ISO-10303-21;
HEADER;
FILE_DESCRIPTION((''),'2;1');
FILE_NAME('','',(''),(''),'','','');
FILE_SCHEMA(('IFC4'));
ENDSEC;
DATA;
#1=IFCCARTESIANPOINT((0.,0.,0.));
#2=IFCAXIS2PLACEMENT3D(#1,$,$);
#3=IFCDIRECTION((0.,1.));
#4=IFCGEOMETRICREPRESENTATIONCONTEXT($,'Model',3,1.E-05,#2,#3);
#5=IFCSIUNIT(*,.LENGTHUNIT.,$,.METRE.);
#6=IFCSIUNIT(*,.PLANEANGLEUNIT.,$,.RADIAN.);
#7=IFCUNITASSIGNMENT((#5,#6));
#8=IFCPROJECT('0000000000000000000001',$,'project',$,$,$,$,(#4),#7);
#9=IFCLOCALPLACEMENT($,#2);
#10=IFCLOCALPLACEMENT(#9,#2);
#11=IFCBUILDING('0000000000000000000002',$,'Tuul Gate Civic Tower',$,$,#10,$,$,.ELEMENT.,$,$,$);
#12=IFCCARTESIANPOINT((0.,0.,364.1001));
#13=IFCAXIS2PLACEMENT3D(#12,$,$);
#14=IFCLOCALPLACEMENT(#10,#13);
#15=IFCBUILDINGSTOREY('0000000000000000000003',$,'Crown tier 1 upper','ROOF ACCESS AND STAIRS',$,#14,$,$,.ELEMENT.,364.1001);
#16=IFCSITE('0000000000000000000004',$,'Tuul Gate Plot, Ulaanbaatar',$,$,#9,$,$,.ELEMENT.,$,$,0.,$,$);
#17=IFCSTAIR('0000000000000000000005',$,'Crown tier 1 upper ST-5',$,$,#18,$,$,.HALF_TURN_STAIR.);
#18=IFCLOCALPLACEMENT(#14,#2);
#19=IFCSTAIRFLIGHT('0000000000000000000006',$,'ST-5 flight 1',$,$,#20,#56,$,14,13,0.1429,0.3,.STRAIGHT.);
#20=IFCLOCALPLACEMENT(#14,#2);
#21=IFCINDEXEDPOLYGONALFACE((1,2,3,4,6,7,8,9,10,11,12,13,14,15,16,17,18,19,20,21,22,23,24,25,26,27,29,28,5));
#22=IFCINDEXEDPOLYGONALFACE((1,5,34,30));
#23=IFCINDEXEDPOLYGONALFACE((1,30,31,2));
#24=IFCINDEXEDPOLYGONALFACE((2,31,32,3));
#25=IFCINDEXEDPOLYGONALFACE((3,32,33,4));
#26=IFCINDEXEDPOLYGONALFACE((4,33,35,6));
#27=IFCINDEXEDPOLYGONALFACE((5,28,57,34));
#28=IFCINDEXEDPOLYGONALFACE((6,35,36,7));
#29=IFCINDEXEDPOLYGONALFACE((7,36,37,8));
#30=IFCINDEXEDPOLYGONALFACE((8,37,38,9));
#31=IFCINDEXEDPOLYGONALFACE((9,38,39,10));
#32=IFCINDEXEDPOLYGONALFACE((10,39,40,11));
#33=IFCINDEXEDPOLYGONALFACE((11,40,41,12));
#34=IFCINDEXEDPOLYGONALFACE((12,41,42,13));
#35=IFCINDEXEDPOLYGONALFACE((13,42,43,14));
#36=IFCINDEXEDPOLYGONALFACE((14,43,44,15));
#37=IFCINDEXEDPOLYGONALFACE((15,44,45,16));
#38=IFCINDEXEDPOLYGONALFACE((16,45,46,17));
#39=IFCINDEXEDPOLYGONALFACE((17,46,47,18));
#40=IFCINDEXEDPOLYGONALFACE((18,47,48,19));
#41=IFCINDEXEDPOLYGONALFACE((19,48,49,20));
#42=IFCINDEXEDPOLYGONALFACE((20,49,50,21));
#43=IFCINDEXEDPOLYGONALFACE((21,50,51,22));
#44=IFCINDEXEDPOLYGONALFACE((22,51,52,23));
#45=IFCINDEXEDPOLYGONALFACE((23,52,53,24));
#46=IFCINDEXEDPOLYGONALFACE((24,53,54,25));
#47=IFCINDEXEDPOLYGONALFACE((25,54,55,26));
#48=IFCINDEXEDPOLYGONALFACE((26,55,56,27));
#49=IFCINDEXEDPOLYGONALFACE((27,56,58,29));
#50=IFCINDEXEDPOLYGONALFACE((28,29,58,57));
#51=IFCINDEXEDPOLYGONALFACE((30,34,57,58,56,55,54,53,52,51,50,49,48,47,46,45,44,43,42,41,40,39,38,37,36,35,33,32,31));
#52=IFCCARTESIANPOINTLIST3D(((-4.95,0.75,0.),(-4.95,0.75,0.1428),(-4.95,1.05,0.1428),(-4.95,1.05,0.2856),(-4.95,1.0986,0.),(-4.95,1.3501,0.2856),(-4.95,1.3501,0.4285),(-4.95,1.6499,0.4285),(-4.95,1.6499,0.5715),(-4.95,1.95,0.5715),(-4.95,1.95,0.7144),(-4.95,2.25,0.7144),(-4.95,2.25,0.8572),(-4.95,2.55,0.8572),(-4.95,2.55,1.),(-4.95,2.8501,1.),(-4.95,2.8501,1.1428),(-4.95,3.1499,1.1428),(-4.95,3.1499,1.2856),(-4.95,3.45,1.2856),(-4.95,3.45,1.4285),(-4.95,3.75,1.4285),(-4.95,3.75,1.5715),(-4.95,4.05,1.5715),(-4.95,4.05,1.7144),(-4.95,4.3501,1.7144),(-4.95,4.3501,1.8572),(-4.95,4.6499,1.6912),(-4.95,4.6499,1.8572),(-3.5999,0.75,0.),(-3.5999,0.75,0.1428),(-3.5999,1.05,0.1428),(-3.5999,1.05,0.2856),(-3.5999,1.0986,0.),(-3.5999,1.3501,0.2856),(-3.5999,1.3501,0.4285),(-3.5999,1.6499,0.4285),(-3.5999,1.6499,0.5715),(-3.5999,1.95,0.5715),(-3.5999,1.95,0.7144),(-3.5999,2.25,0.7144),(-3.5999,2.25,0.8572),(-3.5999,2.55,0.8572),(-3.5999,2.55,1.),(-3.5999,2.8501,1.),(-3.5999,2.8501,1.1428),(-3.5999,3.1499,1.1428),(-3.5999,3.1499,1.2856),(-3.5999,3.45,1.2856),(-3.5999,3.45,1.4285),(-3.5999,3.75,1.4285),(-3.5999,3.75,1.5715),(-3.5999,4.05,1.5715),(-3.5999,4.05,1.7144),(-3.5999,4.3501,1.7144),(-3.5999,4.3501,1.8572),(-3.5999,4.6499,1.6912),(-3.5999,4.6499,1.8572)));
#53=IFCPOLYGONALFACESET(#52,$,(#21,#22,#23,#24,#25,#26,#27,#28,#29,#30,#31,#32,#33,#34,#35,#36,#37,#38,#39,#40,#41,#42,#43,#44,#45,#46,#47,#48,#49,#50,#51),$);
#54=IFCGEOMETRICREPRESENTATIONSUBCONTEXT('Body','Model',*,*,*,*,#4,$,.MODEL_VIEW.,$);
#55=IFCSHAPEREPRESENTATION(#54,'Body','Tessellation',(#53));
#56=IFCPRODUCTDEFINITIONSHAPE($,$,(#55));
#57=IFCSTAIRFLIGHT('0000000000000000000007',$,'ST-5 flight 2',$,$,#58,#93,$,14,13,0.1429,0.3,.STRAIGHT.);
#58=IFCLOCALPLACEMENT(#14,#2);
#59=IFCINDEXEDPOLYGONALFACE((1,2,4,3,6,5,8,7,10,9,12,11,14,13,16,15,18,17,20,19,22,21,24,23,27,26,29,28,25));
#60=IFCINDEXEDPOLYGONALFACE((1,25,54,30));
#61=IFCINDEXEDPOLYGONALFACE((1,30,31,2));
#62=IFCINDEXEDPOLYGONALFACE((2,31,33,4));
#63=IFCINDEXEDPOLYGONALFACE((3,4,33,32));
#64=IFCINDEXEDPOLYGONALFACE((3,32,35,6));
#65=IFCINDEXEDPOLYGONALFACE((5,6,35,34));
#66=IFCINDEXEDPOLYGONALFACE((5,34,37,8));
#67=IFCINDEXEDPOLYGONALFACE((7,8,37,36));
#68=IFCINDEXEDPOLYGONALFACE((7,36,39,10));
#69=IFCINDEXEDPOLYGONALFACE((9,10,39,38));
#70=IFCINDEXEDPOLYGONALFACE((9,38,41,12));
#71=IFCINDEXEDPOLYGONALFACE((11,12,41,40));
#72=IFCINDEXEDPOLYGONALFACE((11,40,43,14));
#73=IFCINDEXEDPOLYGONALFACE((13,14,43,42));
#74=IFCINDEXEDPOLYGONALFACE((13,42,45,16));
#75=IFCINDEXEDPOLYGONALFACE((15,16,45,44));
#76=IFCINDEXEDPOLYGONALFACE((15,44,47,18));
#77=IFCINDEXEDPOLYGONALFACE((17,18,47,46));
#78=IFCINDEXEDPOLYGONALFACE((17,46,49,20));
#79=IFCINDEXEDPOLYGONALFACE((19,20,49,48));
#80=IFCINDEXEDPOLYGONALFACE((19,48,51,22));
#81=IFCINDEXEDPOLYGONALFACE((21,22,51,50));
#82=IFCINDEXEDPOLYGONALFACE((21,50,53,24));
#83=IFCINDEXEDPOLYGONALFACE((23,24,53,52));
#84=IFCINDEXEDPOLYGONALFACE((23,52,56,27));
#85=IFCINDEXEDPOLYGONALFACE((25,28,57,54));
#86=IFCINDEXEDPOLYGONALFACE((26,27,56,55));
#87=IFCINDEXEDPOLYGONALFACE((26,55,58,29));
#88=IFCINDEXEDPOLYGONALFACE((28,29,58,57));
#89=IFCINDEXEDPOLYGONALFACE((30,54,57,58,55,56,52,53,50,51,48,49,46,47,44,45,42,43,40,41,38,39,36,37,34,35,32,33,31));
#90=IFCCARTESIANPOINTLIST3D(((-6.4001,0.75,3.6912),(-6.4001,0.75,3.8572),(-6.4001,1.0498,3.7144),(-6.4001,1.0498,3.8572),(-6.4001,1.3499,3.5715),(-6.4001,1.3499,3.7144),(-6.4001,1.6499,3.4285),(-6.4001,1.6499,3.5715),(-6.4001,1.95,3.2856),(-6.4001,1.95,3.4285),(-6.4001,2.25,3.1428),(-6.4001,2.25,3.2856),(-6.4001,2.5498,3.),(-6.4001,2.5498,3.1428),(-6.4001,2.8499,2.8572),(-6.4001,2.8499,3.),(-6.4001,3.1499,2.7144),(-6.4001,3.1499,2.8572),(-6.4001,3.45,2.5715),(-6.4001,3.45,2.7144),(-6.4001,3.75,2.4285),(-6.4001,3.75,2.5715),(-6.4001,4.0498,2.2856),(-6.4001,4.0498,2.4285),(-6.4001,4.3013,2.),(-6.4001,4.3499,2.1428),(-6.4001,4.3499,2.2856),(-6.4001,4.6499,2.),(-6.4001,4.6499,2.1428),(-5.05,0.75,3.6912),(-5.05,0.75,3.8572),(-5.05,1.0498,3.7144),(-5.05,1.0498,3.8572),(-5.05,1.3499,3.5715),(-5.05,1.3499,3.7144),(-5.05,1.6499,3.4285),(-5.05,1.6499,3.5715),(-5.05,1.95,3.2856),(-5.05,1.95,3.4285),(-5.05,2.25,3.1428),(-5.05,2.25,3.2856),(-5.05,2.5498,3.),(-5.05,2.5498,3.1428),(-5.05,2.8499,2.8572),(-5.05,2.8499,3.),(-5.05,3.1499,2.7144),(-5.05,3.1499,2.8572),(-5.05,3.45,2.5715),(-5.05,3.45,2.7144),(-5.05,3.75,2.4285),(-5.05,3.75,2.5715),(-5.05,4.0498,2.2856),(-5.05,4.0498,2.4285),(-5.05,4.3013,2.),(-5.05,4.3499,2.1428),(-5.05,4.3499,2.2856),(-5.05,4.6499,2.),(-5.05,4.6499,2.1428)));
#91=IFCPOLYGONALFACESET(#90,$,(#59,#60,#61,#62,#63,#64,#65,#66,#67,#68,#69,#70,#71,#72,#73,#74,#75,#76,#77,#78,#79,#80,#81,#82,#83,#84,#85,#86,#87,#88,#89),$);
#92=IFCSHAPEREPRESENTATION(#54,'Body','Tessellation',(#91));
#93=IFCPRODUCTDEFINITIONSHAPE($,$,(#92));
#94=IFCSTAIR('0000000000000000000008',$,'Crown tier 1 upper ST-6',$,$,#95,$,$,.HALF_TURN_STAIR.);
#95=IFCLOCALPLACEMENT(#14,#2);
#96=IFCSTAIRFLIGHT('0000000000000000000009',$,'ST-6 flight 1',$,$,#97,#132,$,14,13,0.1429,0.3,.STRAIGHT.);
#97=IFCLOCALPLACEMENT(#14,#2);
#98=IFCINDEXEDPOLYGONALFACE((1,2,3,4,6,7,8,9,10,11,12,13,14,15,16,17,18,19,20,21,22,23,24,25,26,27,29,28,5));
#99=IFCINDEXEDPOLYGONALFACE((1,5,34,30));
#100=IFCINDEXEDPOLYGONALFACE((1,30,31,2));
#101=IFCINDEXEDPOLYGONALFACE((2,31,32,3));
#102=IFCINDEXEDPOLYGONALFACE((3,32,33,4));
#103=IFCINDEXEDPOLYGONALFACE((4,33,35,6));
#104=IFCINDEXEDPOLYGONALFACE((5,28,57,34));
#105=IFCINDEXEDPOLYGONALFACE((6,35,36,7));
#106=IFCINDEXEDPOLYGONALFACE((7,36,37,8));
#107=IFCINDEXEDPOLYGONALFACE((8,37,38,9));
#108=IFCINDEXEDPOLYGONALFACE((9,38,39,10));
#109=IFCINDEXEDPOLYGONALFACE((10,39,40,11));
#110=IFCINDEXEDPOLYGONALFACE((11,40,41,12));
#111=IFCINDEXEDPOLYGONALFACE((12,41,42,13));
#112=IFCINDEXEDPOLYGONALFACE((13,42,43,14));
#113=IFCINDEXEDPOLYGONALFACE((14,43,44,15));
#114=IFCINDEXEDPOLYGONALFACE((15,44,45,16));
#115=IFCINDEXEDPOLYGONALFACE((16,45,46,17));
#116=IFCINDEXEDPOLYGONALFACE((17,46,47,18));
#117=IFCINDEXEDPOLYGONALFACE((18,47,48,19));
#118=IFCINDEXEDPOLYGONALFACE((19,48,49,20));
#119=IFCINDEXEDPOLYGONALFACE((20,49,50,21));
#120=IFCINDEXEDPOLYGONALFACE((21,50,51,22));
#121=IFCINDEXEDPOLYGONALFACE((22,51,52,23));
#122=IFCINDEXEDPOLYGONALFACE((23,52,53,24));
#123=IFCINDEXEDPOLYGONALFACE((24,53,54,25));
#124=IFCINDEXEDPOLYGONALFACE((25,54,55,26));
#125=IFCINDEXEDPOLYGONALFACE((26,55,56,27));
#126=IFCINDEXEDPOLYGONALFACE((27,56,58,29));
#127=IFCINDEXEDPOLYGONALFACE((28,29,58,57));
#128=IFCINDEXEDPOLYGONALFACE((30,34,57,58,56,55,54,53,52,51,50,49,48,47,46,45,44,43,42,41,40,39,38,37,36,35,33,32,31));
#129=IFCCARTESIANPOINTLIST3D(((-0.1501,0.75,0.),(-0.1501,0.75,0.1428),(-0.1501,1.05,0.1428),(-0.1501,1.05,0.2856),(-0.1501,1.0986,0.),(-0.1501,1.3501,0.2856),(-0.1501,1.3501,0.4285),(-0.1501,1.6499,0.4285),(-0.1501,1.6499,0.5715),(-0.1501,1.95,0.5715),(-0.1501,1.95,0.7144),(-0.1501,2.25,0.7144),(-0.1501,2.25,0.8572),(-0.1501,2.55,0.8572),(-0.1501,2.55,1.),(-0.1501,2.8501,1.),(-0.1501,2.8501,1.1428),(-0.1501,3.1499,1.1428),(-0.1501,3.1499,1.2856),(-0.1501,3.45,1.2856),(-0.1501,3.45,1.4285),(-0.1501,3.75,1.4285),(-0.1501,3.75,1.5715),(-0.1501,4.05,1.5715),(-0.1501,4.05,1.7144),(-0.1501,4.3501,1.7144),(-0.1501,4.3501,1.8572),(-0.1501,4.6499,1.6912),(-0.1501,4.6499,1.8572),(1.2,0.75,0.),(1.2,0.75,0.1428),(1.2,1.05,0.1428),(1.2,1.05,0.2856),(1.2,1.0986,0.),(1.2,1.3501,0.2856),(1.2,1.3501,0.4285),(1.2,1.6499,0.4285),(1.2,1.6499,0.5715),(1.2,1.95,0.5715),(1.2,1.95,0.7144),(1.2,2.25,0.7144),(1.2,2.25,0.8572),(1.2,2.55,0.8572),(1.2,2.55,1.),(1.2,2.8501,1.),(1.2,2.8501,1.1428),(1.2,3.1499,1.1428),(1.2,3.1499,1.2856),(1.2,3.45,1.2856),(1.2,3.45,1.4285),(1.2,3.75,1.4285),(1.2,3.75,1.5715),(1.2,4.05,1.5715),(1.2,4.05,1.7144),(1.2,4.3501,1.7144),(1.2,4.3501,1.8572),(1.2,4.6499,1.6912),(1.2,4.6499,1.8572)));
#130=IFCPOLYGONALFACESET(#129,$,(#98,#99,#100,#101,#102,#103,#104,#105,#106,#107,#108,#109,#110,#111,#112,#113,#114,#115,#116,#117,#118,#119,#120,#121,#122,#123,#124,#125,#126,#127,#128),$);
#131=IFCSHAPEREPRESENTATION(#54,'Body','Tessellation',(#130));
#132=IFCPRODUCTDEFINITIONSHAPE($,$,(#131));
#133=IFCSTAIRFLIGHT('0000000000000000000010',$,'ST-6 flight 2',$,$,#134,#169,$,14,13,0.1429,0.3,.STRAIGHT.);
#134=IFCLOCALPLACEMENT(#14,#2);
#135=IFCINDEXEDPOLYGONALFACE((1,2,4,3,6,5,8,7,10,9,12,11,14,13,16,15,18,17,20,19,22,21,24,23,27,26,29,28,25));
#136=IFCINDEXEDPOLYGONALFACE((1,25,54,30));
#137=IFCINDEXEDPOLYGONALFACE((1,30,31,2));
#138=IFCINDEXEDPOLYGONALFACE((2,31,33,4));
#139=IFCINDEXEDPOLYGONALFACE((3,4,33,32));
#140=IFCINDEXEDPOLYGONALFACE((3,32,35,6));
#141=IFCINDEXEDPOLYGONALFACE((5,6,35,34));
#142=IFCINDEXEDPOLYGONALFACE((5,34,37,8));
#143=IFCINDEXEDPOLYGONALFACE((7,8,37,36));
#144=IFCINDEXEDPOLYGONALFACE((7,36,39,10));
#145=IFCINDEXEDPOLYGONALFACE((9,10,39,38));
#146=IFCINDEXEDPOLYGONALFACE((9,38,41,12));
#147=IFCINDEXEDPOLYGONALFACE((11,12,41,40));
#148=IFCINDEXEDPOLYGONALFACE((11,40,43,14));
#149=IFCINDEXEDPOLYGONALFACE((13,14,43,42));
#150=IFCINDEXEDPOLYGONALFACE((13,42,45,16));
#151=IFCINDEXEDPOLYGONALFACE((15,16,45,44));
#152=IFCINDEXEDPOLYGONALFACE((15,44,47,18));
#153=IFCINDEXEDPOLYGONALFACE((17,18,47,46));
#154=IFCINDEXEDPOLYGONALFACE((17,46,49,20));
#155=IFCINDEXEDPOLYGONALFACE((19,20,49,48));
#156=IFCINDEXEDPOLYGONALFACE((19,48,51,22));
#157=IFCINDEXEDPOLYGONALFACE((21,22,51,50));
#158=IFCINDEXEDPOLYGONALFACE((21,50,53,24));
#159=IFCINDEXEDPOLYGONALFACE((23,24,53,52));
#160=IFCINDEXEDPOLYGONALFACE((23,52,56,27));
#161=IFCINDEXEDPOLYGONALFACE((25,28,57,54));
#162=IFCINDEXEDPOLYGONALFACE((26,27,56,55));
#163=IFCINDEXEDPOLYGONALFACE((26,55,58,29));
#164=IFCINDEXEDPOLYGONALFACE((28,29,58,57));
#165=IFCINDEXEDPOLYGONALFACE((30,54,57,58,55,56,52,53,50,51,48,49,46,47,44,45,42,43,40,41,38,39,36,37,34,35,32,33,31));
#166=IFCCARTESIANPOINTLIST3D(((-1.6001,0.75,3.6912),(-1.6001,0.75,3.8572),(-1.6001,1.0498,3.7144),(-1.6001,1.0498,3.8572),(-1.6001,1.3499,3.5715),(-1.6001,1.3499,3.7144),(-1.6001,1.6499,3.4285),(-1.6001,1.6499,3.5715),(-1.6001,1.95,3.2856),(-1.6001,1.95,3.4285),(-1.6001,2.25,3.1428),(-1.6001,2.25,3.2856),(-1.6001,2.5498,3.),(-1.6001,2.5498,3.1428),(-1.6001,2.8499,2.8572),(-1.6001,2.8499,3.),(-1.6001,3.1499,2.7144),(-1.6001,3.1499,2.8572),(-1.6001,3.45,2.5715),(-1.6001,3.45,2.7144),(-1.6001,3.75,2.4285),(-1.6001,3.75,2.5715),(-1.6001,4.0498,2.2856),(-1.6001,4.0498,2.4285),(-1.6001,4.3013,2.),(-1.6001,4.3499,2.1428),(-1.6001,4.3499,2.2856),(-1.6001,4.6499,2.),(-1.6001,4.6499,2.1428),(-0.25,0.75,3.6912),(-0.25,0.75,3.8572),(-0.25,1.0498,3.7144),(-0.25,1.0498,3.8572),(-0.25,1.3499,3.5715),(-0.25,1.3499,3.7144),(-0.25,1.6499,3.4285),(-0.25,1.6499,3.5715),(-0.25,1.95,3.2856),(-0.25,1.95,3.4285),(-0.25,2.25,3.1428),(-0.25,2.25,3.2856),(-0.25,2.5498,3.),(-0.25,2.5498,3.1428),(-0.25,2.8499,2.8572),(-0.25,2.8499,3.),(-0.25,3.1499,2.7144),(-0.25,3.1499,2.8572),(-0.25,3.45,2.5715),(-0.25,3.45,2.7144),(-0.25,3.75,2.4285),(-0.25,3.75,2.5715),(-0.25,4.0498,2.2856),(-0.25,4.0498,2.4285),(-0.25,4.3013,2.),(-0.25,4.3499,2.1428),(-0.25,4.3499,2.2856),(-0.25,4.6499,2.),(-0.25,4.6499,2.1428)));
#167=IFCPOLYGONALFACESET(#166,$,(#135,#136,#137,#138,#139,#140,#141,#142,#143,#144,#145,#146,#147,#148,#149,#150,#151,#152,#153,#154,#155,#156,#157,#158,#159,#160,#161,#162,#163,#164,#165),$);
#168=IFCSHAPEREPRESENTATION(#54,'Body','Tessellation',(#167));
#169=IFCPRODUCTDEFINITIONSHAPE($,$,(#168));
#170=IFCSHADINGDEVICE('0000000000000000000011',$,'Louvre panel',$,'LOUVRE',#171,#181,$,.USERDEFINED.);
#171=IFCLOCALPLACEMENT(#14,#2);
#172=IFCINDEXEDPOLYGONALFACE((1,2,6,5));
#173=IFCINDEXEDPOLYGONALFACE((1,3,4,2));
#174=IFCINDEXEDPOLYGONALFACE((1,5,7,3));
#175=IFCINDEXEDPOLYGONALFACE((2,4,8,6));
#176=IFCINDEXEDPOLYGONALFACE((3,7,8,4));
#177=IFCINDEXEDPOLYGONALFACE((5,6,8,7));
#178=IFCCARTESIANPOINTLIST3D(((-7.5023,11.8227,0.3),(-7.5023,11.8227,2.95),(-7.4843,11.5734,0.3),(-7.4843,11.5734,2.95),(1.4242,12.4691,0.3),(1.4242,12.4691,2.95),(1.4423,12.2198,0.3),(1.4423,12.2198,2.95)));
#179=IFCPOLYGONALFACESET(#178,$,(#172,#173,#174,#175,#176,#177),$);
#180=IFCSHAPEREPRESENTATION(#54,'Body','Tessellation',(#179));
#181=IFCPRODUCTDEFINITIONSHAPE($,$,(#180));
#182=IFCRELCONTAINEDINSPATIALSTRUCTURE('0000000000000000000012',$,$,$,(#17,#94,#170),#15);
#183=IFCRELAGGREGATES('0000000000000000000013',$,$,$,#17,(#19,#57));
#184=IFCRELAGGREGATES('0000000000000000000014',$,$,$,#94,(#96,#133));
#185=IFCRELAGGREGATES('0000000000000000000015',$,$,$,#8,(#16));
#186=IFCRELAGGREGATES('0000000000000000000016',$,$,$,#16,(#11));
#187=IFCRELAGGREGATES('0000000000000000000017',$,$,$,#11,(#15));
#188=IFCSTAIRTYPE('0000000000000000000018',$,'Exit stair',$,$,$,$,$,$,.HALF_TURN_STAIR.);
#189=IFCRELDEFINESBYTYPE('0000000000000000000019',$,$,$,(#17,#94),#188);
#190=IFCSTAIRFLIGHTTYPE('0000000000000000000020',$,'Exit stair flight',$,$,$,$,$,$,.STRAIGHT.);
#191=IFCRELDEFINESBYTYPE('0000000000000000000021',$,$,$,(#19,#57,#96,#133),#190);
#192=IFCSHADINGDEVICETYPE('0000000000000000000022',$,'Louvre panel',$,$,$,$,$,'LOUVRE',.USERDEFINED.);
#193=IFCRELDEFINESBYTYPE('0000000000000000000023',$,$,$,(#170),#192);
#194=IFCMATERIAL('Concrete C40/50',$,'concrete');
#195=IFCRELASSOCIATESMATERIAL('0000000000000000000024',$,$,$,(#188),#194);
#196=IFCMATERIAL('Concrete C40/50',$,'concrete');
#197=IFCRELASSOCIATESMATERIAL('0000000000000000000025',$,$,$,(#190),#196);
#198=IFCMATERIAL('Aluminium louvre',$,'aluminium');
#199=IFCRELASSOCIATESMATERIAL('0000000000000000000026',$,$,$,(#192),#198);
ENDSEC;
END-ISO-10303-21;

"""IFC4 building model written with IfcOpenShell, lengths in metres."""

from ifc_helpers import new_model, si_unit, direction, frame, origin, origin_2d, place, context, subcontext, project, spatial, polyline, rectangle, outline, extrude, material, type_object, element, aggregate, save


model = new_model("IFC4")

# Units and contexts
model_context = context("Model", 3, precision=1e-05, world=origin(), true_north=direction((0.0, 1.0)))
body_context = subcontext(model_context, "Body", "Model", "MODEL_VIEW")
ifc_project = project(units=[si_unit("LENGTHUNIT", "METRE"), si_unit("PLANEANGLEUNIT", "RADIAN")], contexts=[model_context])

# Site, building, storey
site_placement = place(None, origin())
site = spatial("IfcSite", under=ifc_project, at=site_placement, Name="Tuul Gate Plot, Ulaanbaatar", CompositionType="ELEMENT", RefElevation=0.0)
building_placement = place(site_placement, origin())
building = spatial("IfcBuilding", under=site, at=building_placement, Name="Tuul Gate Civic Tower", CompositionType="ELEMENT")
storey_placement = place(building_placement, frame((0.0, 0.0, 364.1001)))
storey = spatial("IfcBuildingStorey", under=building, at=storey_placement, Name="Crown tier 1 upper", Description="ROOF ACCESS AND STAIRS", CompositionType="ELEMENT", Elevation=364.1001)

# Stairs, stair flights
ifc_material_1 = material(Name="Concrete C40/50", Category="concrete")
stair_type = type_object("IfcStairType", Name="Exit stair", PredefinedType="HALF_TURN_STAIR", material=ifc_material_1)
stair_1_placement = place(storey_placement, origin())
stair_1 = element("IfcStair", 1, at=stair_1_placement, inside=storey, type_object=stair_type, Name="Crown tier 1 upper ST-5", PredefinedType="HALF_TURN_STAIR")
ifc_material_2 = material(Name="Concrete C40/50", Category="concrete")
stair_flight_type = type_object("IfcStairFlightType", Name="Exit stair flight", PredefinedType="STRAIGHT", material=ifc_material_2)
stair_flight_1_placement = place(storey_placement, frame((-4.2749, 0.75, 0.0), z_axis=(0.0, 0.0, 1.0), x_axis=(0.0, 1.0, 0.0)))
stair_flight_1 = element("IfcStairFlight", 2, at=stair_flight_1_placement, type_object=stair_flight_type, Name="ST-5 flight 1", NumberOfRisers=14, NumberOfTreads=13, PredefinedType="STRAIGHT", RiserHeight=0.1429, TreadLength=0.3, context=body_context, shape_type="SweptSolid", body=[
    extrude(outline(polyline([(0.0, 0.0), (0.0, 0.1428), (0.3, 0.1428), (0.3, 0.2856), (0.6001, 0.2856), (0.6001, 0.4285), (0.8999, 0.4285), (0.8999, 0.5715), (1.2, 0.5715), (1.2, 0.7144), (1.5, 0.7144), (1.5, 0.8572), (1.8, 0.8572), (1.8, 1.0), (2.1001, 1.0), (2.1001, 1.1428), (2.3999, 1.1428), (2.3999, 1.2856), (2.7, 1.2856), (2.7, 1.4285), (3.0, 1.4285), (3.0, 1.5715), (3.3, 1.5715), (3.3, 1.7144), (3.6001, 1.7144), (3.6001, 1.8572), (3.8999, 1.8572), (3.8999, 2.0), (3.8999, 1.6912), (0.3486, 0.0), (0.0, 0.0)])), frame((0.0, 0.675, 0.0), z_axis=(0.0, -1.0, 0.0), x_axis=(1.0, 0.0, 0.0)), (0.0, 0.0, 1.0), 1.3501),
])
stair_flight_2_placement = place(storey_placement, frame((-5.7251, 4.6499, 2.0), z_axis=(0.0, 0.0, 1.0), x_axis=(0.0, -1.0, 0.0)))
stair_flight_2 = element("IfcStairFlight", 3, at=stair_flight_2_placement, type_object=stair_flight_type, Name="ST-5 flight 2", NumberOfRisers=14, NumberOfTreads=13, PredefinedType="STRAIGHT", RiserHeight=0.1429, TreadLength=0.3, context=body_context, shape_type="SweptSolid", body=[
    extrude(outline(polyline([(0.0, 0.0), (0.0, 0.1428), (0.3, 0.1428), (0.3, 0.2856), (0.6001, 0.2856), (0.6001, 0.4285), (0.8999, 0.4285), (0.8999, 0.5715), (1.2, 0.5715), (1.2, 0.7144), (1.5, 0.7144), (1.5, 0.8572), (1.8, 0.8572), (1.8, 1.0), (2.1001, 1.0), (2.1001, 1.1428), (2.3999, 1.1428), (2.3999, 1.2856), (2.7, 1.2856), (2.7, 1.4285), (3.0, 1.4285), (3.0, 1.5715), (3.3, 1.5715), (3.3, 1.7144), (3.6001, 1.7144), (3.6001, 1.8572), (3.8999, 1.8572), (3.8999, 2.0), (3.8999, 1.6912), (0.3486, 0.0), (0.0, 0.0)])), frame((0.0, 0.675, 0.0), z_axis=(0.0, -1.0, 0.0), x_axis=(1.0, 0.0, 0.0)), (0.0, 0.0, 1.0), 1.3501),
])
aggregate(stair_1, [stair_flight_1, stair_flight_2])
stair_2_placement = place(storey_placement, origin())
stair_2 = element("IfcStair", 4, at=stair_2_placement, inside=storey, type_object=stair_type, Name="Crown tier 1 upper ST-6", PredefinedType="HALF_TURN_STAIR")
stair_flight_3_placement = place(storey_placement, frame((0.5249, 0.75, 0.0), z_axis=(0.0, 0.0, 1.0), x_axis=(0.0, 1.0, 0.0)))
stair_flight_3 = element("IfcStairFlight", 5, at=stair_flight_3_placement, type_object=stair_flight_type, Name="ST-6 flight 1", NumberOfRisers=14, NumberOfTreads=13, PredefinedType="STRAIGHT", RiserHeight=0.1429, TreadLength=0.3, context=body_context, shape_type="SweptSolid", body=[
    extrude(outline(polyline([(0.0, 0.0), (0.0, 0.1428), (0.3, 0.1428), (0.3, 0.2856), (0.6001, 0.2856), (0.6001, 0.4285), (0.8999, 0.4285), (0.8999, 0.5715), (1.2, 0.5715), (1.2, 0.7144), (1.5, 0.7144), (1.5, 0.8572), (1.8, 0.8572), (1.8, 1.0), (2.1001, 1.0), (2.1001, 1.1428), (2.3999, 1.1428), (2.3999, 1.2856), (2.7, 1.2856), (2.7, 1.4285), (3.0, 1.4285), (3.0, 1.5715), (3.3, 1.5715), (3.3, 1.7144), (3.6001, 1.7144), (3.6001, 1.8572), (3.8999, 1.8572), (3.8999, 2.0), (3.8999, 1.6912), (0.3486, 0.0), (0.0, 0.0)])), frame((0.0, 0.675, 0.0), z_axis=(0.0, -1.0, 0.0), x_axis=(1.0, 0.0, 0.0)), (0.0, 0.0, 1.0), 1.3501),
])
stair_flight_4_placement = place(storey_placement, frame((-0.925, 4.6499, 2.0), z_axis=(0.0, 0.0, 1.0), x_axis=(0.0, -1.0, 0.0)))
stair_flight_4 = element("IfcStairFlight", 6, at=stair_flight_4_placement, type_object=stair_flight_type, Name="ST-6 flight 2", NumberOfRisers=14, NumberOfTreads=13, PredefinedType="STRAIGHT", RiserHeight=0.1429, TreadLength=0.3, context=body_context, shape_type="SweptSolid", body=[
    extrude(outline(polyline([(0.0, 0.0), (0.0, 0.1428), (0.3, 0.1428), (0.3, 0.2856), (0.6001, 0.2856), (0.6001, 0.4285), (0.8999, 0.4285), (0.8999, 0.5715), (1.2, 0.5715), (1.2, 0.7144), (1.5, 0.7144), (1.5, 0.8572), (1.8, 0.8572), (1.8, 1.0), (2.1001, 1.0), (2.1001, 1.1428), (2.3999, 1.1428), (2.3999, 1.2856), (2.7, 1.2856), (2.7, 1.4285), (3.0, 1.4285), (3.0, 1.5715), (3.3, 1.5715), (3.3, 1.7144), (3.6001, 1.7144), (3.6001, 1.8572), (3.8999, 1.8572), (3.8999, 2.0), (3.8999, 1.6912), (0.3486, 0.0), (0.0, 0.0)])), frame((0.0, 0.675, 0.0), z_axis=(0.0, -1.0, 0.0), x_axis=(1.0, 0.0, 0.0)), (0.0, 0.0, 1.0), 1.3501),
])
aggregate(stair_2, [stair_flight_3, stair_flight_4])

# Shading device
ifc_material_3 = material(Name="Aluminium louvre", Category="aluminium")
shading_device_type = type_object("IfcShadingDeviceType", Name="Louvre panel", ElementType="LOUVRE", PredefinedType="USERDEFINED", material=ifc_material_3)
shading_device_placement = place(storey_placement, frame((-3.03, 12.0212, 0.3), z_axis=(0.0, 0.0, 1.0), x_axis=(-0.072226, 0.997388, 0.0)))
element("IfcShadingDevice", 7, at=shading_device_placement, inside=storey, type_object=shading_device_type, Name="Louvre panel", ObjectType="LOUVRE", PredefinedType="USERDEFINED", context=body_context, shape_type="SweptSolid", body=[
    extrude(rectangle(XDim=0.25, YDim=8.95, at=origin_2d()), origin(), (0.0, 0.0, 1.0), 2.6499),
])

save(model, "model.ifc")
